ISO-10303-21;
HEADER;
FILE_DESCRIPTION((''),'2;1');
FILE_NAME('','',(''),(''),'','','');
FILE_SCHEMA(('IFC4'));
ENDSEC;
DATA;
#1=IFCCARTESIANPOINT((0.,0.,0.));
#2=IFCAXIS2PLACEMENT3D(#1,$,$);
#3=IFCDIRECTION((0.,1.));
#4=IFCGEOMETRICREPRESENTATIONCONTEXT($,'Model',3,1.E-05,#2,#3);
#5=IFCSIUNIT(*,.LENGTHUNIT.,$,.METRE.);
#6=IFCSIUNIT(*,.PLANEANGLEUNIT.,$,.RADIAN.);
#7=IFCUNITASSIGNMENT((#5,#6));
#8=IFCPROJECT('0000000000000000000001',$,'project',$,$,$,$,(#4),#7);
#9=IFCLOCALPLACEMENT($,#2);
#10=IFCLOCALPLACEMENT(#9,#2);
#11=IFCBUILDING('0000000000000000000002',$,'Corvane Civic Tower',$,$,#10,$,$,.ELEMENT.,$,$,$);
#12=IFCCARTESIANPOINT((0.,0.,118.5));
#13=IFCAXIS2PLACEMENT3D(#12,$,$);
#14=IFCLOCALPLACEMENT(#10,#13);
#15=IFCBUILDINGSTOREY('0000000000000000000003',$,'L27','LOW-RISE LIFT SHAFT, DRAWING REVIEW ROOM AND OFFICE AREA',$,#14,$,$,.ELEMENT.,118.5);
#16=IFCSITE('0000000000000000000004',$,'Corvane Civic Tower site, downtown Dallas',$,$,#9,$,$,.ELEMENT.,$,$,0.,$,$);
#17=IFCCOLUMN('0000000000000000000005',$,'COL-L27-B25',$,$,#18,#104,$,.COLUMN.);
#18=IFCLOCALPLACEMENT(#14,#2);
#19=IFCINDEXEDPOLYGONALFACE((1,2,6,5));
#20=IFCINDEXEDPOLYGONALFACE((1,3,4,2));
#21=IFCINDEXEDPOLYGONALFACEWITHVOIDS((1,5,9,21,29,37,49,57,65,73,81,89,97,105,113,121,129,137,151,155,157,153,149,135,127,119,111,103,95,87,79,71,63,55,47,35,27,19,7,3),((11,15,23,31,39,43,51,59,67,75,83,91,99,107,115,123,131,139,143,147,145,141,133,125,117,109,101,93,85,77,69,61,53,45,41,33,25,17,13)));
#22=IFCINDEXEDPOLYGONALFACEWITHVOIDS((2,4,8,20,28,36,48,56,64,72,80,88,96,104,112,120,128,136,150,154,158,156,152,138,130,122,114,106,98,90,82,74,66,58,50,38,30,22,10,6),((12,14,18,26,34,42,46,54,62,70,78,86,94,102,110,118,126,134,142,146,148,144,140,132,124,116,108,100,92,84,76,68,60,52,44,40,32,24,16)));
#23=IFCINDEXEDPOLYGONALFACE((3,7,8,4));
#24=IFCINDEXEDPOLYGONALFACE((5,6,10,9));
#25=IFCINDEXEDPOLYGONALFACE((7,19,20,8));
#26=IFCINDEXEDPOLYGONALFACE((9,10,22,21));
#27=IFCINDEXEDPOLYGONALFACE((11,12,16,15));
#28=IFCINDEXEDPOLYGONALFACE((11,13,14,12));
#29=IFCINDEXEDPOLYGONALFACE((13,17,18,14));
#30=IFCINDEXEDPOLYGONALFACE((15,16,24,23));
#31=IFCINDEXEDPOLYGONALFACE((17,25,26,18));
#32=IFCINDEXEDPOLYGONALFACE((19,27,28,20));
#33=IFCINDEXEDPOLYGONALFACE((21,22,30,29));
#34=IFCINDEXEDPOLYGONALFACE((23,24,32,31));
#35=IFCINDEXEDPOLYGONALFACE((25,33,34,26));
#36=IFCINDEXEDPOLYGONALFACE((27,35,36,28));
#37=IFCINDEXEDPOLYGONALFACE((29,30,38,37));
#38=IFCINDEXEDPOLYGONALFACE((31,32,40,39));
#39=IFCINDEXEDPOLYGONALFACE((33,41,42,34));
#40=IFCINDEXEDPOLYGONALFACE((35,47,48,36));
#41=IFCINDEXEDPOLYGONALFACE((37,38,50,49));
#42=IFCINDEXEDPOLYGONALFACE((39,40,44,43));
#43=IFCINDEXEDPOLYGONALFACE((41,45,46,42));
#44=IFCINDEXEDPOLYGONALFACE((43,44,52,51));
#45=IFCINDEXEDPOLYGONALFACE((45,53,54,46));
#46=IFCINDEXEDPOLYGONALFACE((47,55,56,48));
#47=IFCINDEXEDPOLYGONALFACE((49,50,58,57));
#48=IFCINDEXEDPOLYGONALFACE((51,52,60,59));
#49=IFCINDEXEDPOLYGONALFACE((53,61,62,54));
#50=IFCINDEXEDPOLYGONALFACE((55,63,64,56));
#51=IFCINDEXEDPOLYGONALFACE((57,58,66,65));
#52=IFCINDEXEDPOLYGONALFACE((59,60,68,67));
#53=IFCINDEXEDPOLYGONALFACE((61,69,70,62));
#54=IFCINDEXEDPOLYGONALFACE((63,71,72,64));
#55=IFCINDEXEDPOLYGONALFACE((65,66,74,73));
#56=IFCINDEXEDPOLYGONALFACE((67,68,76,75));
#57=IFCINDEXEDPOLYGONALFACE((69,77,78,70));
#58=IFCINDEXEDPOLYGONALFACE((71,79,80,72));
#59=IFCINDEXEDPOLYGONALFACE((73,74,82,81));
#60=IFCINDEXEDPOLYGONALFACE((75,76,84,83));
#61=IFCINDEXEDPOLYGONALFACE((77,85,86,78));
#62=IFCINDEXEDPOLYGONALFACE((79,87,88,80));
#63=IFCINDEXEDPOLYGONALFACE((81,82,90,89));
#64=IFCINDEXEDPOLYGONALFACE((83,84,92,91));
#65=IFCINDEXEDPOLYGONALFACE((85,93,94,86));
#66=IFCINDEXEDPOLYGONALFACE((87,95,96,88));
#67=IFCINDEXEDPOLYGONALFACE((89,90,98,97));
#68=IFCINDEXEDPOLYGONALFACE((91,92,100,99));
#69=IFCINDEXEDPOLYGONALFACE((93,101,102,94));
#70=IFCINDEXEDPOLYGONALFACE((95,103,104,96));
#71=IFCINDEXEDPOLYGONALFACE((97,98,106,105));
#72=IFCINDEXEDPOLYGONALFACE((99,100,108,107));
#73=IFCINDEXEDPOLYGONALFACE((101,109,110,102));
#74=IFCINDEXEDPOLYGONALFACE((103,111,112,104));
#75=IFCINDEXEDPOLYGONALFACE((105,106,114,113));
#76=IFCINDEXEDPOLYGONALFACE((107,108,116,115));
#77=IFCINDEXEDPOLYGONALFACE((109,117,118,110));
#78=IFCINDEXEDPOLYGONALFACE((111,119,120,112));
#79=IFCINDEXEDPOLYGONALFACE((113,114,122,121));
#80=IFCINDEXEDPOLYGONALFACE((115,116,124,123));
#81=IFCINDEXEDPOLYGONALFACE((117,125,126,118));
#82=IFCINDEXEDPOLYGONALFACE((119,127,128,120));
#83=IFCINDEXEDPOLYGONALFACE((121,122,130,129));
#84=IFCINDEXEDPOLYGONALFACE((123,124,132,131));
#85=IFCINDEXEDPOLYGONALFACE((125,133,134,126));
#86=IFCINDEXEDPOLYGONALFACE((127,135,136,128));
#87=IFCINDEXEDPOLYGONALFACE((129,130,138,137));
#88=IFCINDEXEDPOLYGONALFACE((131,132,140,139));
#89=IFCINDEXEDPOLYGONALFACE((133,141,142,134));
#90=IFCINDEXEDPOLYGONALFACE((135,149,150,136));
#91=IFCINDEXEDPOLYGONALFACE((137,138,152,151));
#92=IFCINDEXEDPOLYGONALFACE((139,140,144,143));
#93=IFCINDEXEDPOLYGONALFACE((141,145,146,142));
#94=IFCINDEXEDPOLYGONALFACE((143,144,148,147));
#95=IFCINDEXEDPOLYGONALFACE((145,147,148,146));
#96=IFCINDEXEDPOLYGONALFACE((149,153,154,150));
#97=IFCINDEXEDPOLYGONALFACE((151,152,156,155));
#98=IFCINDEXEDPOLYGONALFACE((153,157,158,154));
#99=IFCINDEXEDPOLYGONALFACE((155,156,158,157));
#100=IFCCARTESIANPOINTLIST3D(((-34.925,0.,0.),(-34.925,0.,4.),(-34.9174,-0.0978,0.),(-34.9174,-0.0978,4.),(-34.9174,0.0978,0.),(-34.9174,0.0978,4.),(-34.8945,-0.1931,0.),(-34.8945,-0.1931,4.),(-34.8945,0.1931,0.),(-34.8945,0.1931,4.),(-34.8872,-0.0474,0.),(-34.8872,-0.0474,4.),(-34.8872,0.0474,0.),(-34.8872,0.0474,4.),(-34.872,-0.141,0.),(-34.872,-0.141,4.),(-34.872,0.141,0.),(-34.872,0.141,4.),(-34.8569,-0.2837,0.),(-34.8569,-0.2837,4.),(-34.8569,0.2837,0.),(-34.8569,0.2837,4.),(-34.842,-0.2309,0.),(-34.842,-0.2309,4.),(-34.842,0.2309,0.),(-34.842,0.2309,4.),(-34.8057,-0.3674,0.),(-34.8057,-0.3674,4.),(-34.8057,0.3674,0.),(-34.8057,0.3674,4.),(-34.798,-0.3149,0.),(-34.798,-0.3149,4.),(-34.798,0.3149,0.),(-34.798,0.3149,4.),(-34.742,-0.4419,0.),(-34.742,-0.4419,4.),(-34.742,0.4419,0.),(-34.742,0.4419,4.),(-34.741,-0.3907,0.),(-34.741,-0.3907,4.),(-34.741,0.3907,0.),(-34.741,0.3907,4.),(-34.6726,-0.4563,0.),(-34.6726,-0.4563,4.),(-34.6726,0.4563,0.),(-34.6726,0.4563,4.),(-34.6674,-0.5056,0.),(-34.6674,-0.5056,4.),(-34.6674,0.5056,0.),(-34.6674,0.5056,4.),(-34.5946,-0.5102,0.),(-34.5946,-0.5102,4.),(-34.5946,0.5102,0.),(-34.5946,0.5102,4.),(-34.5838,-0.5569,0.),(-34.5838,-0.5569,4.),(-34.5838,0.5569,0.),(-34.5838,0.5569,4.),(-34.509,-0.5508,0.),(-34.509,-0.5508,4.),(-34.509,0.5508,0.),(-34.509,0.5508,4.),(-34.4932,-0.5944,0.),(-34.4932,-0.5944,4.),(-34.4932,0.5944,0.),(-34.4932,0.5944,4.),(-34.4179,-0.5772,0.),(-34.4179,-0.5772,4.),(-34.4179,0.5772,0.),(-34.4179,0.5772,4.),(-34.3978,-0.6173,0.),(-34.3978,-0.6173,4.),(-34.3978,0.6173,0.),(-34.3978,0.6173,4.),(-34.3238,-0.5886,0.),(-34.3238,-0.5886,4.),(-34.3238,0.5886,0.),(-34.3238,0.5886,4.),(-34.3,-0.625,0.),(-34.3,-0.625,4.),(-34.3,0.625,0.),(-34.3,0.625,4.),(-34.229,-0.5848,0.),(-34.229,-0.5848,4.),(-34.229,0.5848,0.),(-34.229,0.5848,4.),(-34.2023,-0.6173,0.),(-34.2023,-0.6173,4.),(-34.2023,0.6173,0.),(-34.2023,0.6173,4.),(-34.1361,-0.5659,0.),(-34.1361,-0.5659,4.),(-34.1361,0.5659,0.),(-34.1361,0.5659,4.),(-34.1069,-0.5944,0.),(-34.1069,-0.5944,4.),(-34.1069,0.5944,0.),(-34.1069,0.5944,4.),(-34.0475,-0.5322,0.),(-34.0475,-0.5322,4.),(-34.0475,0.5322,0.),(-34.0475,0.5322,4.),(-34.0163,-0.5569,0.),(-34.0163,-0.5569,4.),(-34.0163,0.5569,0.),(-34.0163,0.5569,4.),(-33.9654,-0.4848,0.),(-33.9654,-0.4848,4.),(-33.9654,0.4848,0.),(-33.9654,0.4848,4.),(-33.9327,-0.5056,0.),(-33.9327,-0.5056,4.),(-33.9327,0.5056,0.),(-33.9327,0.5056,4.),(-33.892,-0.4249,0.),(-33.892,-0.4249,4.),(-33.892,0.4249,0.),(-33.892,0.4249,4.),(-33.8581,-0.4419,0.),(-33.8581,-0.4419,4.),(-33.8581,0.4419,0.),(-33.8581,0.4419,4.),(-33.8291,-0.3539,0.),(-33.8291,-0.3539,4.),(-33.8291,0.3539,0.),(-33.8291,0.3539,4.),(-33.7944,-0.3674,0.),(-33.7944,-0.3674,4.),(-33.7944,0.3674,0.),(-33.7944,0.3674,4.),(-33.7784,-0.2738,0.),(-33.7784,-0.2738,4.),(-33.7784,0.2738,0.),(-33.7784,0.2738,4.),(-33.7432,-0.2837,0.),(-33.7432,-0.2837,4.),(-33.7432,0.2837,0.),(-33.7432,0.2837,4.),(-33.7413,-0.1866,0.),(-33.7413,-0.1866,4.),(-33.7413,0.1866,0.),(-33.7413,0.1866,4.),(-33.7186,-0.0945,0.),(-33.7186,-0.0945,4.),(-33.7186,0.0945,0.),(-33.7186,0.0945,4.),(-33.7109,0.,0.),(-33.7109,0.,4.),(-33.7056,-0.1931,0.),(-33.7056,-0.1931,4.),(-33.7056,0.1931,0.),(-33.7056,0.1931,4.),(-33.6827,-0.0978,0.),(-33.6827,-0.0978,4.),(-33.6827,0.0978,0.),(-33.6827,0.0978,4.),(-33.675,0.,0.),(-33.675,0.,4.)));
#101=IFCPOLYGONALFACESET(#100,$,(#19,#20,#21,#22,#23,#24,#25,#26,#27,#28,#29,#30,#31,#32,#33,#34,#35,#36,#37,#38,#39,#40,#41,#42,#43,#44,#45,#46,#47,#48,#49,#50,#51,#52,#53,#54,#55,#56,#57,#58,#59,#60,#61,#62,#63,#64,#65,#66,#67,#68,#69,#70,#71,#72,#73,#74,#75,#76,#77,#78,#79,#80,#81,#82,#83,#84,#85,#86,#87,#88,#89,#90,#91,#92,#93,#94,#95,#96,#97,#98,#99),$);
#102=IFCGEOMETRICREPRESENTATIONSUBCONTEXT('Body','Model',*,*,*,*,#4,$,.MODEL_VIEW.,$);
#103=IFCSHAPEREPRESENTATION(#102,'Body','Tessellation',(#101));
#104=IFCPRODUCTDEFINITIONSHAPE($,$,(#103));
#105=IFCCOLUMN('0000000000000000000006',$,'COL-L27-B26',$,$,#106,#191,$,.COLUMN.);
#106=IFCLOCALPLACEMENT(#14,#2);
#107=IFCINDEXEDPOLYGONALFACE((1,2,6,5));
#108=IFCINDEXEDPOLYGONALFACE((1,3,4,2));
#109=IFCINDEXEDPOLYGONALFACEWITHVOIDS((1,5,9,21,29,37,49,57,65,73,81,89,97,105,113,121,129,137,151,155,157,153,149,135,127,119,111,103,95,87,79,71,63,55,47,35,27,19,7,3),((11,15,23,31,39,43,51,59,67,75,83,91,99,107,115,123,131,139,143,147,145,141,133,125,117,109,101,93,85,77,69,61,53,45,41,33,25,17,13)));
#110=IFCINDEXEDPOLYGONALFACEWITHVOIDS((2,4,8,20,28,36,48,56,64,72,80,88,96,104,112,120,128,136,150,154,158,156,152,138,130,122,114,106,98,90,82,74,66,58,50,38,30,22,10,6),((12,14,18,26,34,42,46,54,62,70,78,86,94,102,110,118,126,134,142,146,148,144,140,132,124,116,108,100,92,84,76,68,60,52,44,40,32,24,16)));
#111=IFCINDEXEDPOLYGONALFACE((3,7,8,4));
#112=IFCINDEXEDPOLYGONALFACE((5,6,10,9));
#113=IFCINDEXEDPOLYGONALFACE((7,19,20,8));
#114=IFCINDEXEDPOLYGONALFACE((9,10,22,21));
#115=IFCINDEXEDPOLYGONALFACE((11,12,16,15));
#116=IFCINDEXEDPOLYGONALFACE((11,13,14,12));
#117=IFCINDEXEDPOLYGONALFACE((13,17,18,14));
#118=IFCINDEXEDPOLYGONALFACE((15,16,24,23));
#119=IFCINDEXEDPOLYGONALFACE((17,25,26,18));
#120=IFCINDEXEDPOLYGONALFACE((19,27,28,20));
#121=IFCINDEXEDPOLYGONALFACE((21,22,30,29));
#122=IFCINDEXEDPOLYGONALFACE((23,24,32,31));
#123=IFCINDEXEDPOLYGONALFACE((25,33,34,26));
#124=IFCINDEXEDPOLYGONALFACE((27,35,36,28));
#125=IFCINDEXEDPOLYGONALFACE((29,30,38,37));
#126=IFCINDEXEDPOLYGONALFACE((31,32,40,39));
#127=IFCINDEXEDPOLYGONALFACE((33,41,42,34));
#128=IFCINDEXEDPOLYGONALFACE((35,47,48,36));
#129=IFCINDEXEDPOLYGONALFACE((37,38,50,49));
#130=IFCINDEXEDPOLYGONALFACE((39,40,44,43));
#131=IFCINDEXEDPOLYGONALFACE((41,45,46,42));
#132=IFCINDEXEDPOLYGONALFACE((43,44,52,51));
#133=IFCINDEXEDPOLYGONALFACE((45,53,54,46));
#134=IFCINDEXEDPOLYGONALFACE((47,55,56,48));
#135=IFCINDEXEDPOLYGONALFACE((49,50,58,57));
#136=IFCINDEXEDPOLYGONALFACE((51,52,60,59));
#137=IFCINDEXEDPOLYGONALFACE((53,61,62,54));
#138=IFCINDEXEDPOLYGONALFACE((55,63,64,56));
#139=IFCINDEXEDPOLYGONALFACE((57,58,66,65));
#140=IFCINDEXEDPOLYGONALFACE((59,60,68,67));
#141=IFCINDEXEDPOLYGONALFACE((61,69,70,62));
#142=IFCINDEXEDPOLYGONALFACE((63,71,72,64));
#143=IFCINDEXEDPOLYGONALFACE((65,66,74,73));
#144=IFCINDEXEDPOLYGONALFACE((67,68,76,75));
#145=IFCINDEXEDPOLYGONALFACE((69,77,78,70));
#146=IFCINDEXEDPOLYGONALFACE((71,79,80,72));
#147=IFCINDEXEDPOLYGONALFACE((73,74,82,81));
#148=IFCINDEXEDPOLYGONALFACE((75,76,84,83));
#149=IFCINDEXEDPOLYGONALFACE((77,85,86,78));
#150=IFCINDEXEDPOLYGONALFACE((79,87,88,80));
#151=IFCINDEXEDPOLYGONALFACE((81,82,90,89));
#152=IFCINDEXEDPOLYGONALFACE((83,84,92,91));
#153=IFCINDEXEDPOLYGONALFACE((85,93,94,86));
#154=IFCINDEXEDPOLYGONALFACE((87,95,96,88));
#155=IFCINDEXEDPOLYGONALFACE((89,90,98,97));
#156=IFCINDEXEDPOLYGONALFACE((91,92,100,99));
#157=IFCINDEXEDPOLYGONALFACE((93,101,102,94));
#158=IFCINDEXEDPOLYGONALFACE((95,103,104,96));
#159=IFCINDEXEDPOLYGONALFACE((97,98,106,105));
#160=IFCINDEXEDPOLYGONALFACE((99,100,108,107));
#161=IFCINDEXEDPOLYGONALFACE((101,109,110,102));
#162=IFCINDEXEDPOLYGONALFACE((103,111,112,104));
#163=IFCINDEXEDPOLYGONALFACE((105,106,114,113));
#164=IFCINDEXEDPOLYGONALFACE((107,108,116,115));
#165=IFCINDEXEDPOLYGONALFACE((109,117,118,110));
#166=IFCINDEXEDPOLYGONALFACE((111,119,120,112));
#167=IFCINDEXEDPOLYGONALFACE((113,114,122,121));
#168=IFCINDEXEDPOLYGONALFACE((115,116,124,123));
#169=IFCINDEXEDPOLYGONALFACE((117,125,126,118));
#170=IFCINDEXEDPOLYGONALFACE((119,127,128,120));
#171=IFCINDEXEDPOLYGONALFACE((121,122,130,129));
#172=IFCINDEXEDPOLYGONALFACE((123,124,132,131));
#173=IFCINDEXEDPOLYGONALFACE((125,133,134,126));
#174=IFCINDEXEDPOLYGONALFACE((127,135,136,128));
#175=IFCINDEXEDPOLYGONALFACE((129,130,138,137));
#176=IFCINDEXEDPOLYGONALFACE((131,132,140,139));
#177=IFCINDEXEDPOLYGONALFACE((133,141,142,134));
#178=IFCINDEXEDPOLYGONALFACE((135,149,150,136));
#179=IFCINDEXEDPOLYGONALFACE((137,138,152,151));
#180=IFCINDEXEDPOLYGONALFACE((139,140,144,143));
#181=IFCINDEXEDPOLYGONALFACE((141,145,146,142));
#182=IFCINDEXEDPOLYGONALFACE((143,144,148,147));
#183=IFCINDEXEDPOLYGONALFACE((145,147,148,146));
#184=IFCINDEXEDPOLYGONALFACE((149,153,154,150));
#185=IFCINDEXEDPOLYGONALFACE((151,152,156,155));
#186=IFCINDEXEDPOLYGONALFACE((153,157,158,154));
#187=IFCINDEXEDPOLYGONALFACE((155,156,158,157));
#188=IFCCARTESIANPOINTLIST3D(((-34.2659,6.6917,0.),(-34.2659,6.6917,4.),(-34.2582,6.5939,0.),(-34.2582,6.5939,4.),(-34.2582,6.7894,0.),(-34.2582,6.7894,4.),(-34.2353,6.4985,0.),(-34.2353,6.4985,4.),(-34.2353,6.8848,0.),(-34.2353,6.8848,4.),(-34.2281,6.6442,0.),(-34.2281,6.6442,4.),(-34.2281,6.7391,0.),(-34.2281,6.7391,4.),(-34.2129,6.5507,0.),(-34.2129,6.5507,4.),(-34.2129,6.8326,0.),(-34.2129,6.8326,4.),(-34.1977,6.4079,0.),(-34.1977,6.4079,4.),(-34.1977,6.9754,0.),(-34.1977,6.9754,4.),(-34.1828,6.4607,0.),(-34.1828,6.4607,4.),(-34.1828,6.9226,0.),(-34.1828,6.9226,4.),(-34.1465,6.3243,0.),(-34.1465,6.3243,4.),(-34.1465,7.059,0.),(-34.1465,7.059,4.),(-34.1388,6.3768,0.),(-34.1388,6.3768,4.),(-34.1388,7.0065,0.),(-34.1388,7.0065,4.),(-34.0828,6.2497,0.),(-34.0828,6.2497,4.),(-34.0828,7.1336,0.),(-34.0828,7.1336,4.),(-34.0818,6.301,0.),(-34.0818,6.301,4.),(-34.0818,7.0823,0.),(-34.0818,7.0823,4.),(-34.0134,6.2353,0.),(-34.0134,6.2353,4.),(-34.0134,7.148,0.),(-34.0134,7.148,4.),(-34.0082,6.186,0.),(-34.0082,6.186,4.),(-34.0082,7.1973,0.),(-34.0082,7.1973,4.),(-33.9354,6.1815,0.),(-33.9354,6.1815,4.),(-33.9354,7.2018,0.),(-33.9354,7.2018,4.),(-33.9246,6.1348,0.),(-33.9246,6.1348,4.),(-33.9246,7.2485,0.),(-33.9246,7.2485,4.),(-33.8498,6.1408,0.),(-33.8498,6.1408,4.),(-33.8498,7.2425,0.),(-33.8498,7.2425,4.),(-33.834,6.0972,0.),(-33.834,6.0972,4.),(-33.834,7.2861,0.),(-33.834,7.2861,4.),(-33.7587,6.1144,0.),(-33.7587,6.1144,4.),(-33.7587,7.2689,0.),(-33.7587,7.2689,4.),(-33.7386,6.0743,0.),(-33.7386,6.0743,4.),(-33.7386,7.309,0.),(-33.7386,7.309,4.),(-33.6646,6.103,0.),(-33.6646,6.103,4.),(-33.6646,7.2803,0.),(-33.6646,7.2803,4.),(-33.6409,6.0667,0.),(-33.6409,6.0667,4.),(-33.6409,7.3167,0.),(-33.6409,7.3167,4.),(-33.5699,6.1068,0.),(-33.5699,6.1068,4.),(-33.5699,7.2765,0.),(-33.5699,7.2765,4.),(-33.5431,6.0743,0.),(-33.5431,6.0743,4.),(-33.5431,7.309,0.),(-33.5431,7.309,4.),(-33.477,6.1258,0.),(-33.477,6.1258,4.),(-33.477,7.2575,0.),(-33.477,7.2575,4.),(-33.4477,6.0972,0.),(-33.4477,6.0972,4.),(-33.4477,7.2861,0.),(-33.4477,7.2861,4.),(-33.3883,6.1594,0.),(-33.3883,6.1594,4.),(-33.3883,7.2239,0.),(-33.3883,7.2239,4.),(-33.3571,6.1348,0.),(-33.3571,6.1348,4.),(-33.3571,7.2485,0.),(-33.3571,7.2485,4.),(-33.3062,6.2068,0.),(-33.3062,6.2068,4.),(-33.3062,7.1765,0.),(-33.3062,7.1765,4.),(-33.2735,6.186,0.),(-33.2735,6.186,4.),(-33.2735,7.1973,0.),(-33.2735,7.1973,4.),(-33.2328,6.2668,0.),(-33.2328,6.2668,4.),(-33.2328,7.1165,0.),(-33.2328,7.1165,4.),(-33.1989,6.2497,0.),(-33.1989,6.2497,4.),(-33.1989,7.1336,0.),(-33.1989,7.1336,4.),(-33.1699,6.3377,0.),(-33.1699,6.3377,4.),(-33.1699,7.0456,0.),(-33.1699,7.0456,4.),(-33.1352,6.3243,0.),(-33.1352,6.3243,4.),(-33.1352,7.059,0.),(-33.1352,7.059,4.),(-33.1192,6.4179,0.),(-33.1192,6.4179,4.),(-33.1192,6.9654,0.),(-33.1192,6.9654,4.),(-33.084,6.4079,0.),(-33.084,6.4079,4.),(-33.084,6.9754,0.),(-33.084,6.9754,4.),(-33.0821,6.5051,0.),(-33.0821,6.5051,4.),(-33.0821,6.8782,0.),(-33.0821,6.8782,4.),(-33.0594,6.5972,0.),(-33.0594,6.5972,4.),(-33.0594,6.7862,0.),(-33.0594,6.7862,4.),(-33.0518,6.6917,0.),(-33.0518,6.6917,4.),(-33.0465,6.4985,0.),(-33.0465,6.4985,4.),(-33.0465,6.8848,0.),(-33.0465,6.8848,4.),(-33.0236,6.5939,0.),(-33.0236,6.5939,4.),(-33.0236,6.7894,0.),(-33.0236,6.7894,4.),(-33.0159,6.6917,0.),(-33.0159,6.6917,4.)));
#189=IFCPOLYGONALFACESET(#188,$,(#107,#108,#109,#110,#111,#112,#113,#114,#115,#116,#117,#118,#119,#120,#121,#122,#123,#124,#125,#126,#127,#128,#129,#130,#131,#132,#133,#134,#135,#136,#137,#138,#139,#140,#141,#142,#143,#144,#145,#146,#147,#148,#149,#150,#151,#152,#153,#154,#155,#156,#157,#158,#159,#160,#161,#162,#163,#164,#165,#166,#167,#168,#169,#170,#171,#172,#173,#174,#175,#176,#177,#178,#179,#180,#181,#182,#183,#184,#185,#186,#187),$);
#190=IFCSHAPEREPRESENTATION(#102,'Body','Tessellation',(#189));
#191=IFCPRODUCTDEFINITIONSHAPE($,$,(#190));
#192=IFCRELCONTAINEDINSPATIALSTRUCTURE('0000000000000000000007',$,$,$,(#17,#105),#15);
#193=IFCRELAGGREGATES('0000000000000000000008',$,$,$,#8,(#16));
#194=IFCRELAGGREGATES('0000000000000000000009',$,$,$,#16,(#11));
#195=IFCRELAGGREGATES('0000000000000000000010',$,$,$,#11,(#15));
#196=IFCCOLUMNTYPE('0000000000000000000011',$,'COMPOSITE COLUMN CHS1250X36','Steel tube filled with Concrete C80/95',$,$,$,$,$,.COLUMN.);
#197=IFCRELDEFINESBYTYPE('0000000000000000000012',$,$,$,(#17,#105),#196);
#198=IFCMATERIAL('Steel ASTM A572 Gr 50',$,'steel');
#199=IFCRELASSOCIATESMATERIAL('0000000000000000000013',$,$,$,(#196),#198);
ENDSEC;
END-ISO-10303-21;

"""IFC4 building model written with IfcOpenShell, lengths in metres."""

from ifc_helpers import new_model, si_unit, direction, frame, origin, origin_2d, place, context, subcontext, project, spatial, hollow_circle, extrude, material, material_profile, profile_set, type_object, element, save


model = new_model("IFC4")

# Units and contexts
model_context = context("Model", 3, precision=1e-05, world=origin(), true_north=direction((0.0, 1.0)))
body_context = subcontext(model_context, "Body", "Model", "MODEL_VIEW")
ifc_project = project(units=[si_unit("LENGTHUNIT", "METRE"), si_unit("PLANEANGLEUNIT", "RADIAN")], contexts=[model_context])

# Site, building, storey
site_placement = place(None, origin())
site = spatial("IfcSite", under=ifc_project, at=site_placement, Name="Corvane Civic Tower site, downtown Dallas", CompositionType="ELEMENT", RefElevation=0.0)
building_placement = place(site_placement, origin())
building = spatial("IfcBuilding", under=site, at=building_placement, Name="Corvane Civic Tower", CompositionType="ELEMENT")
storey_placement = place(building_placement, frame((0.0, 0.0, 118.5)))
storey = spatial("IfcBuildingStorey", under=building, at=storey_placement, Name="L27", Description="LOW-RISE LIFT SHAFT, DRAWING REVIEW ROOM AND OFFICE AREA", CompositionType="ELEMENT", Elevation=118.5)

# Columns
ifc_material_1 = material(Name="Steel ASTM A572 Gr 50", Category="steel")
ifc_material_profile_1 = material_profile(ifc_material_1, hollow_circle(Radius=0.625, WallThickness=0.0359, at=origin_2d()), Name="CHS1250X36")
ifc_profile_set_1 = profile_set([ifc_material_profile_1], Name="Steel ASTM A572 Gr 50")
column_type = type_object("IfcColumnType", Name="COMPOSITE COLUMN CHS1250X36", Description="Steel tube filled with Concrete C80/95", PredefinedType="COLUMN", material=ifc_profile_set_1)
for number, where, z_axis, x_axis, name in (
    (1, (-34.3, 0.0, 0.0), (0.0, 0.0, 1.0), (1.0, 0.0, 0.0), "COL-L27-B25"),
    (2, (-33.6409, 6.6917, 0.0), (0.0, 0.0, 1.0), (1.0, 0.0, 0.0), "COL-L27-B26"),
):
    element("IfcColumn", number, at=place(storey_placement, frame(where, z_axis=z_axis, x_axis=x_axis)), inside=storey, type_object=column_type, Name=name, PredefinedType="COLUMN", context=body_context, shape_type="SweptSolid", body=[
        extrude(hollow_circle(Radius=0.625, WallThickness=0.0359, at=origin_2d()), origin(), (0.0, 0.0, 1.0), 4.0),
    ])

save(model, "model.ifc")
